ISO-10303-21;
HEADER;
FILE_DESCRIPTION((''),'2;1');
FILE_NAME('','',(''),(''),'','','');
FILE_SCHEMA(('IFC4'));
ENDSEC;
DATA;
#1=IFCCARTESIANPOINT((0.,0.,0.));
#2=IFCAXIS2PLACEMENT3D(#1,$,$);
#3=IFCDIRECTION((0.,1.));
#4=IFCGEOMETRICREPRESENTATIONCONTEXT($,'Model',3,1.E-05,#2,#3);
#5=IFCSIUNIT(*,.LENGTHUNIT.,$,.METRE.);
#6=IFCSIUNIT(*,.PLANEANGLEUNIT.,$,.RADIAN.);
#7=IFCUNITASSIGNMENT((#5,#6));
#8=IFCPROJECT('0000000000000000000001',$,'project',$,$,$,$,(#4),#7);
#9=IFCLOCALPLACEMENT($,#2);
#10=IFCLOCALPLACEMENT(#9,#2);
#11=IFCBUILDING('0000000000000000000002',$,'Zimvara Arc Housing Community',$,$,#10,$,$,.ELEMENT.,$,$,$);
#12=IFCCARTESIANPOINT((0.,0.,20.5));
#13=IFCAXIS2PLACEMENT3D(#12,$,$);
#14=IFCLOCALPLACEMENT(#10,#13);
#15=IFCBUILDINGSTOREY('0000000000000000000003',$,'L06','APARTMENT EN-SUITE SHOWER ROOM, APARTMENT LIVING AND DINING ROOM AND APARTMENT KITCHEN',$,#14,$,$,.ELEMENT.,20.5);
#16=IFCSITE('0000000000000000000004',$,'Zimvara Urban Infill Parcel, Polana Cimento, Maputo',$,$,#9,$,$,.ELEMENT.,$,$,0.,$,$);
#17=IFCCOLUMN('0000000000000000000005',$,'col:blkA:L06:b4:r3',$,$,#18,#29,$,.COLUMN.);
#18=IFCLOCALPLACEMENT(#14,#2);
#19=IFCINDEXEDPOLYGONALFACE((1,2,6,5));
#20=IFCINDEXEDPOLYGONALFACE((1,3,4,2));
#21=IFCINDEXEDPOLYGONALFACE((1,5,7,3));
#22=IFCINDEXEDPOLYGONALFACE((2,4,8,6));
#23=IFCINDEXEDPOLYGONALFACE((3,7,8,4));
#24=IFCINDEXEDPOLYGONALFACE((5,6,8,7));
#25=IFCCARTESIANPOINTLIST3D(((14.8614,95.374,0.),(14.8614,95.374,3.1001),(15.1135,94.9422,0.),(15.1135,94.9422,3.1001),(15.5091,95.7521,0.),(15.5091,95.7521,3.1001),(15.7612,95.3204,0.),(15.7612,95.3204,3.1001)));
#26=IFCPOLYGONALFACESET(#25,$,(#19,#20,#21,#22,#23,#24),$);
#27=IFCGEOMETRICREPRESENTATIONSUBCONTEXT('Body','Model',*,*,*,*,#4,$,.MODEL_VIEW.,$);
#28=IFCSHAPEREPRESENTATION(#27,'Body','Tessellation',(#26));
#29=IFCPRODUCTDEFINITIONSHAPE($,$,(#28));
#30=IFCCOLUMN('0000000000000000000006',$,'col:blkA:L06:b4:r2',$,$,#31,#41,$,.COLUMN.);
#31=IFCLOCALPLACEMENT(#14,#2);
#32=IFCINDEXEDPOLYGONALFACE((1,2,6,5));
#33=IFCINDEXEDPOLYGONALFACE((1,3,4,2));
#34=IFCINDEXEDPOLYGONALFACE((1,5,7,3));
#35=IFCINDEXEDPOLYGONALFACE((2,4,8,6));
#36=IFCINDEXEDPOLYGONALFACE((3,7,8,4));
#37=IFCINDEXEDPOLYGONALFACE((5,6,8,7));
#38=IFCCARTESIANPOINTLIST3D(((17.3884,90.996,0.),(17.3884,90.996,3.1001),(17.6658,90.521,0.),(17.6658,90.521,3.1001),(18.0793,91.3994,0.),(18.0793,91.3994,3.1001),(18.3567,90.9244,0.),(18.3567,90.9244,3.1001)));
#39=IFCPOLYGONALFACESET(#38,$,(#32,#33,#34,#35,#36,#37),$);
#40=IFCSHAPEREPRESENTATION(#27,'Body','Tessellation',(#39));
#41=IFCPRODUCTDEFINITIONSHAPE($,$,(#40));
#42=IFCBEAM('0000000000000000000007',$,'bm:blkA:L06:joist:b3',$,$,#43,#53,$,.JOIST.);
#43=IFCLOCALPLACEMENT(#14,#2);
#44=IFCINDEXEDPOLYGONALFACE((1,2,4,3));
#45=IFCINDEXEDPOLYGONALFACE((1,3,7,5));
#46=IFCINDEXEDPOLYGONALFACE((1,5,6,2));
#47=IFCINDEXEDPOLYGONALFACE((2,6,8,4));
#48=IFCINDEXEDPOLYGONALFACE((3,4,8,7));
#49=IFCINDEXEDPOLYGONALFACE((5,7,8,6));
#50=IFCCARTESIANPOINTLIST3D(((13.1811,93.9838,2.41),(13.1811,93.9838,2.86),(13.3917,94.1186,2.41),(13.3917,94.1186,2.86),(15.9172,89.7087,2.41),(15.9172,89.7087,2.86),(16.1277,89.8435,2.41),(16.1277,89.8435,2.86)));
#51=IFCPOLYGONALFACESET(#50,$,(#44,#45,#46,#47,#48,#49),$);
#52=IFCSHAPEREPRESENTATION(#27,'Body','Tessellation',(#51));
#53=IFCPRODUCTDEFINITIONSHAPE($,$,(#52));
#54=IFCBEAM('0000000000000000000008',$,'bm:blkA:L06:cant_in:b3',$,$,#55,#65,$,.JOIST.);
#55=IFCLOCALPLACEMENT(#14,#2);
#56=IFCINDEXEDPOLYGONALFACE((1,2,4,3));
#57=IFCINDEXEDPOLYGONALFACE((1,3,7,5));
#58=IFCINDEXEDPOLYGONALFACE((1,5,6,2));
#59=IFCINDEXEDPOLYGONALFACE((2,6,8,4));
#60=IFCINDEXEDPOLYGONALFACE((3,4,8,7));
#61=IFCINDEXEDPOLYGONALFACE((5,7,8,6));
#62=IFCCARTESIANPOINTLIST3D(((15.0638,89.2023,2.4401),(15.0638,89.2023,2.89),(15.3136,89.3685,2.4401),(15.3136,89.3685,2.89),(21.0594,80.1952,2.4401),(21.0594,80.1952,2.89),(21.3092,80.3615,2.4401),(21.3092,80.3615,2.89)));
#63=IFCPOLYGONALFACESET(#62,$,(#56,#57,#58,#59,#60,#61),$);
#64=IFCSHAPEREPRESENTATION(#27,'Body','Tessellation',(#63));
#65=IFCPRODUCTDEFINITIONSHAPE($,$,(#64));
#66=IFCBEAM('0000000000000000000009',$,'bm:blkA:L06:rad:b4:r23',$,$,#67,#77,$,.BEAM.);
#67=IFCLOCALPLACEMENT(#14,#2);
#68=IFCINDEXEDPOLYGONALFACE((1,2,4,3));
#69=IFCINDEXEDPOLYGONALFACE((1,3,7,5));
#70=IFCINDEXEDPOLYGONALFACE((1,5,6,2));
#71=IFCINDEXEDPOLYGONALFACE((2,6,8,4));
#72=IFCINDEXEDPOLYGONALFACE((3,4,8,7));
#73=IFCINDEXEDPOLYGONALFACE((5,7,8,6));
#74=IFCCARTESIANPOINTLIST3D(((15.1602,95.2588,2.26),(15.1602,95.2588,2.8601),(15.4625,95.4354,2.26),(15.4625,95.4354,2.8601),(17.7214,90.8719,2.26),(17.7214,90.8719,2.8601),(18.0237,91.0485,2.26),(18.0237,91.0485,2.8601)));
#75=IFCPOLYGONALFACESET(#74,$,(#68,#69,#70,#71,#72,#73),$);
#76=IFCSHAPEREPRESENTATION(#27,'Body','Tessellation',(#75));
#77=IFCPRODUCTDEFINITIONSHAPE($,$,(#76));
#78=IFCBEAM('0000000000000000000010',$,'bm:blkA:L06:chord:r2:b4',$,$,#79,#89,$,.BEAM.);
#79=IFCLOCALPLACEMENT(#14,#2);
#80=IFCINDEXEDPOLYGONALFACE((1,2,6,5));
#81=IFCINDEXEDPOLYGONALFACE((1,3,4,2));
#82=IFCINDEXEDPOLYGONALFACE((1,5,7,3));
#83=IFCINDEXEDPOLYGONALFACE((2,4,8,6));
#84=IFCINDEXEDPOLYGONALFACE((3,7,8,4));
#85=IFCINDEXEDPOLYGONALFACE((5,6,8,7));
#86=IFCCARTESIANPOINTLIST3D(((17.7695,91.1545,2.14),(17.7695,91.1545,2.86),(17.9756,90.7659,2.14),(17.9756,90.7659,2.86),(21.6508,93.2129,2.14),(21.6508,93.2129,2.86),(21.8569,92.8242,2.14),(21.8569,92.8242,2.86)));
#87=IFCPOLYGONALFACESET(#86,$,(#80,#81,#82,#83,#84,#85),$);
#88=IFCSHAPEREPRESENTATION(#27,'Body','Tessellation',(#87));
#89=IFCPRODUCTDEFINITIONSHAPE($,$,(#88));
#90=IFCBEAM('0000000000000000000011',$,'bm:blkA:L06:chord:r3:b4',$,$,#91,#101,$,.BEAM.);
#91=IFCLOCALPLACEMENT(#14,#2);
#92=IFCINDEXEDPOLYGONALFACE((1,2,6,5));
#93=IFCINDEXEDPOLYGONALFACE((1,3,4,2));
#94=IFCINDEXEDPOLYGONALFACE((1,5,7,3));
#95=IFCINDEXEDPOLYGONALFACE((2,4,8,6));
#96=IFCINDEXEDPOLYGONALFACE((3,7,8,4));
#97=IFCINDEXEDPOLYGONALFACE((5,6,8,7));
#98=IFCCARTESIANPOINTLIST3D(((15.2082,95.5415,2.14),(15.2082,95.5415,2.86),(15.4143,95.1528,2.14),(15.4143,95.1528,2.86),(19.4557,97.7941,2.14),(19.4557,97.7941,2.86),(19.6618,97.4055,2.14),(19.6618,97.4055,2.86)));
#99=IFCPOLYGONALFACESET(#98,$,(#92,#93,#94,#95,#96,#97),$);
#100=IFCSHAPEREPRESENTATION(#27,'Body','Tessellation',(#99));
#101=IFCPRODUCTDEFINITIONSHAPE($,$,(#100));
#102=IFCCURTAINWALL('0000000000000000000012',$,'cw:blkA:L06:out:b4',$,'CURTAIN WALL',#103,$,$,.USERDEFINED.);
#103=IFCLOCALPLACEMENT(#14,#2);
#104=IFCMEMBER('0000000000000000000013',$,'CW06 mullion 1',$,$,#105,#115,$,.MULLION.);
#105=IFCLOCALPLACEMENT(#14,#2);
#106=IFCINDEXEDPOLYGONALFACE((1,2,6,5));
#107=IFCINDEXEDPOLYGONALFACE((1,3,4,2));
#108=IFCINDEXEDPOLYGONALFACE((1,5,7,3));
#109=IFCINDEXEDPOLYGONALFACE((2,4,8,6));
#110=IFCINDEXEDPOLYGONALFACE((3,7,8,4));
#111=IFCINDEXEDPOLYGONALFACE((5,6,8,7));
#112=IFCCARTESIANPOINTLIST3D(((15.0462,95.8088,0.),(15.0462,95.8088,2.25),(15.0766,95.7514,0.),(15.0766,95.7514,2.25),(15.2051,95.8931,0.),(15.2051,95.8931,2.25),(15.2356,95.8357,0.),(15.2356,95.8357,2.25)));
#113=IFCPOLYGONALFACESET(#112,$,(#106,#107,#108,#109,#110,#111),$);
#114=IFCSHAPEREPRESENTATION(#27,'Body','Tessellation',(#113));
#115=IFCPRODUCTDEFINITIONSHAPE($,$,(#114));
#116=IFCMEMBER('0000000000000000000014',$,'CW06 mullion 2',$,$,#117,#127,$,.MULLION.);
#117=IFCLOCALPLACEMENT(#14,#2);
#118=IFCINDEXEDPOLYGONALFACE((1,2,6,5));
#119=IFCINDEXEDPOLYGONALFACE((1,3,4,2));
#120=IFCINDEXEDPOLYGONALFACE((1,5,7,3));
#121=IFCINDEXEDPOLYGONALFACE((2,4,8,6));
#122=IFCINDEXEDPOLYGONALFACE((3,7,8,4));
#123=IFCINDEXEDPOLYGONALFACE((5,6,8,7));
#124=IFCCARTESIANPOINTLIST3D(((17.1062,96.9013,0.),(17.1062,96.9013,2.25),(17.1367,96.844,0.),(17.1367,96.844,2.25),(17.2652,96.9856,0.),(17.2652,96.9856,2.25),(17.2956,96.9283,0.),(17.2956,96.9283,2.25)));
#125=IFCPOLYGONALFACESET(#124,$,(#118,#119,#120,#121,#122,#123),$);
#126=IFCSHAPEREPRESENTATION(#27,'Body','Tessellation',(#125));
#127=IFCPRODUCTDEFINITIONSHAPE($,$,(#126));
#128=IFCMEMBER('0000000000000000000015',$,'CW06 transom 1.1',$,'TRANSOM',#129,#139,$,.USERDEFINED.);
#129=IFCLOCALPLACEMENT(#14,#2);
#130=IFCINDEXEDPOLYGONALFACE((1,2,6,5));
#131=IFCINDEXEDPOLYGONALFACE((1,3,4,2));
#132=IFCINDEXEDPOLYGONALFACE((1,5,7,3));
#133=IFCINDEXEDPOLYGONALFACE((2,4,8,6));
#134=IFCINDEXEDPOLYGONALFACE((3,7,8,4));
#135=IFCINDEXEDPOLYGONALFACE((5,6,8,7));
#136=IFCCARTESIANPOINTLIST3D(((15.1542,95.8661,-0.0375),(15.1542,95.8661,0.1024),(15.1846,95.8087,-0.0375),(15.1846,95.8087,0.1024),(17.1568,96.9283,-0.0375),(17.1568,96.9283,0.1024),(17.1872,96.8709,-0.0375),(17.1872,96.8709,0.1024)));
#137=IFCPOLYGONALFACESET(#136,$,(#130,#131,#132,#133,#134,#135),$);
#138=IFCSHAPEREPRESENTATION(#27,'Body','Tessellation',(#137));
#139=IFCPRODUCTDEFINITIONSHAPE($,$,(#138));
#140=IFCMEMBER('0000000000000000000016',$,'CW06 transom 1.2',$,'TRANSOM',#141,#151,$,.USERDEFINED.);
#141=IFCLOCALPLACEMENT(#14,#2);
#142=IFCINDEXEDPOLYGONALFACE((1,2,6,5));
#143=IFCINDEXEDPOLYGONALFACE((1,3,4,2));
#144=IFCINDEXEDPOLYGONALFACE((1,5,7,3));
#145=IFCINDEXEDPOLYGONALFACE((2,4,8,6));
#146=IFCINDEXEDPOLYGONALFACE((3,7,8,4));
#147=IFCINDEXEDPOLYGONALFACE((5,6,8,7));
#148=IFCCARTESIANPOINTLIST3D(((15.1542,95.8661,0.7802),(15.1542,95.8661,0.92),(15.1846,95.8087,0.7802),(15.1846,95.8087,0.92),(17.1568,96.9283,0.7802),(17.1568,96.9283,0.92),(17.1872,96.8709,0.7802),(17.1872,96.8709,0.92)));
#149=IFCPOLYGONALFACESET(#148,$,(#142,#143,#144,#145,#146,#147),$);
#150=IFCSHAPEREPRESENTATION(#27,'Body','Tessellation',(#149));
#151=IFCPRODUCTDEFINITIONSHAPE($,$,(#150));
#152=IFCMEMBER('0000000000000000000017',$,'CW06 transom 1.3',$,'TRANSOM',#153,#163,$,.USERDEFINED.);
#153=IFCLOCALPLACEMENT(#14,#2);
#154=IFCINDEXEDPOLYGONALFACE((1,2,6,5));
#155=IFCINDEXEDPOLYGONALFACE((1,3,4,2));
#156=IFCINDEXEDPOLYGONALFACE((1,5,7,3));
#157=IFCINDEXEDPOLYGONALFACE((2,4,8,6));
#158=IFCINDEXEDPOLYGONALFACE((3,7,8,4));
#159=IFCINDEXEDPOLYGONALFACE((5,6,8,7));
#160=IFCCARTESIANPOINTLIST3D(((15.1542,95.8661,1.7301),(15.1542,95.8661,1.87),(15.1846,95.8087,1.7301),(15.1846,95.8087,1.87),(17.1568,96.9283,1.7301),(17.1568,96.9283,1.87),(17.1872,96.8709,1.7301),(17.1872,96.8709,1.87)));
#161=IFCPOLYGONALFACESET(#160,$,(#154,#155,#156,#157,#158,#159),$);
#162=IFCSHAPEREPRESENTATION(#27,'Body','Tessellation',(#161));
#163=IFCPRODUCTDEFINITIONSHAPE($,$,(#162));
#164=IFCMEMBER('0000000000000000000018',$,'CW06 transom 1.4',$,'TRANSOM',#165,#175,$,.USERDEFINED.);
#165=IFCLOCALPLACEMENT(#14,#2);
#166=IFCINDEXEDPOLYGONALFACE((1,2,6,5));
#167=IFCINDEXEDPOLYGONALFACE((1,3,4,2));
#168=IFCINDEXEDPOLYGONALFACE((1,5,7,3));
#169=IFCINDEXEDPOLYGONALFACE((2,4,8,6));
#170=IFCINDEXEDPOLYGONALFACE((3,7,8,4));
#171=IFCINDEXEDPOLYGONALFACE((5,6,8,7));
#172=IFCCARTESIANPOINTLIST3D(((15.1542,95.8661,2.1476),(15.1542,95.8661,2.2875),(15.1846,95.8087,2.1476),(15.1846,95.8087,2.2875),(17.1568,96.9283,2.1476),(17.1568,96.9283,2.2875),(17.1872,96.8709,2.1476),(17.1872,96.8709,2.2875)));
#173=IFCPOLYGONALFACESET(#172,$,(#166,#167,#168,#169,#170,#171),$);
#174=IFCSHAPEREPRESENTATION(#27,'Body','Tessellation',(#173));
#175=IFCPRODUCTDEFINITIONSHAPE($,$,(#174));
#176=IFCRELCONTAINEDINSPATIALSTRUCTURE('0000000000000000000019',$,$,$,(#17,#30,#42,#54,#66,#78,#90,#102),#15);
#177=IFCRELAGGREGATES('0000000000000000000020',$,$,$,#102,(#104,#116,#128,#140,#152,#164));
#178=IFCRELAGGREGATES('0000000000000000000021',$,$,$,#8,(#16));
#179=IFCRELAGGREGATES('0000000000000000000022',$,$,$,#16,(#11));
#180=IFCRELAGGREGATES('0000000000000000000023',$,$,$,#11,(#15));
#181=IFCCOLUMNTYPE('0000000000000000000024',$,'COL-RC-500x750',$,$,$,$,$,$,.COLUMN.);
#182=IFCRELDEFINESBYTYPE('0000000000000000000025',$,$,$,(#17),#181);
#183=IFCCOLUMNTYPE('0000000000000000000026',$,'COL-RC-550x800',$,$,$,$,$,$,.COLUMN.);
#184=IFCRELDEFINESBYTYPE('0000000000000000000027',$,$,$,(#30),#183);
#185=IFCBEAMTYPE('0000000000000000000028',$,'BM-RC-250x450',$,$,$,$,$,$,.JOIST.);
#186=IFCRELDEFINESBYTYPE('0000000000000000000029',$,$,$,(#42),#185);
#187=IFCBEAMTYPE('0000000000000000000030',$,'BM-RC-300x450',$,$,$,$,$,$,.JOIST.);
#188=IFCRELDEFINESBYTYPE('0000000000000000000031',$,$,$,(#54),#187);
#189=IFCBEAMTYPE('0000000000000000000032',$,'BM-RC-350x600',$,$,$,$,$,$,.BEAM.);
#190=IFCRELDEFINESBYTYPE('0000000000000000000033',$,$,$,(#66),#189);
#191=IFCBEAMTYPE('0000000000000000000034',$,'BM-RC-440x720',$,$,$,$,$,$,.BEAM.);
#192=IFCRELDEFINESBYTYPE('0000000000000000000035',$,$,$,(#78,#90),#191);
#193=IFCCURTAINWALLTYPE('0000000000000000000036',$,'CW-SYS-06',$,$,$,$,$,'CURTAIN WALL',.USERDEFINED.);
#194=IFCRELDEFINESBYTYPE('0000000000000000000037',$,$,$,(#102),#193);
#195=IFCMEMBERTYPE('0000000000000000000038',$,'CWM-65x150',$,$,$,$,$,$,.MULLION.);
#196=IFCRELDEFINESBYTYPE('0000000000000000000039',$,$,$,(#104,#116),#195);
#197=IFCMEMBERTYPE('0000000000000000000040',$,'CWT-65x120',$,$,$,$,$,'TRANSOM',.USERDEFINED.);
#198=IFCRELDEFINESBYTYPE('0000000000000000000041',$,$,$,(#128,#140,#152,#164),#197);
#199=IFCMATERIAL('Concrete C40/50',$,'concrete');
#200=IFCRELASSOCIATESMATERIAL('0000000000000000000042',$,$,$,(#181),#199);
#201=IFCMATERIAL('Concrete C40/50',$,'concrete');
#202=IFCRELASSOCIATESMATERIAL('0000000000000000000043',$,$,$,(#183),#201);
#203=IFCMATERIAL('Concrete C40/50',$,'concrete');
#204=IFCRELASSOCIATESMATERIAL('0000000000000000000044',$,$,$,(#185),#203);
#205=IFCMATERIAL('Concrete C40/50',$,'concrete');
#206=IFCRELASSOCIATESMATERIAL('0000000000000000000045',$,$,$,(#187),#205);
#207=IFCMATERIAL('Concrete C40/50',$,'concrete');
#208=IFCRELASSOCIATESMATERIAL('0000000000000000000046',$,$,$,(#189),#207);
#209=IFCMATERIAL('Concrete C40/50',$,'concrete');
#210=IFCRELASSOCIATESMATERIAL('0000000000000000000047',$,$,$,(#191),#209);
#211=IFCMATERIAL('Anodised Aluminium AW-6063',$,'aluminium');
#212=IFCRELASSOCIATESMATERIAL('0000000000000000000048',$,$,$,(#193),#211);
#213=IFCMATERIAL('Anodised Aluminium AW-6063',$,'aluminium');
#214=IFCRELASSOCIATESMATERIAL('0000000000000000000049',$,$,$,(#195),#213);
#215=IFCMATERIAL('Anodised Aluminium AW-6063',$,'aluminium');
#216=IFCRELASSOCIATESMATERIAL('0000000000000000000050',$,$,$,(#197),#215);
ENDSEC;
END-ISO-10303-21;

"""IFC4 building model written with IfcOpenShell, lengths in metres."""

from ifc_helpers import new_model, si_unit, direction, frame, origin, origin_2d, place, context, subcontext, project, spatial, rectangle, extrude, material, material_profile, profile_set, type_object, element, aggregate, save


model = new_model("IFC4")

# Units and contexts
model_context = context("Model", 3, precision=1e-05, world=origin(), true_north=direction((0.0, 1.0)))
body_context = subcontext(model_context, "Body", "Model", "MODEL_VIEW")
ifc_project = project(units=[si_unit("LENGTHUNIT", "METRE"), si_unit("PLANEANGLEUNIT", "RADIAN")], contexts=[model_context])

# Site, building, storey
site_placement = place(None, origin())
site = spatial("IfcSite", under=ifc_project, at=site_placement, Name="Zimvara Urban Infill Parcel, Polana Cimento, Maputo", CompositionType="ELEMENT", RefElevation=0.0)
building_placement = place(site_placement, origin())
building = spatial("IfcBuilding", under=site, at=building_placement, Name="Zimvara Arc Housing Community", CompositionType="ELEMENT")
storey_placement = place(building_placement, frame((0.0, 0.0, 20.5)))
storey = spatial("IfcBuildingStorey", under=building, at=storey_placement, Name="L06", Description="APARTMENT EN-SUITE SHOWER ROOM, APARTMENT LIVING AND DINING ROOM AND APARTMENT KITCHEN", CompositionType="ELEMENT", Elevation=20.5)

# Columns
ifc_material_1 = material(Name="Concrete C40/50", Category="concrete")
ifc_material_profile_1 = material_profile(ifc_material_1, rectangle(XDim=0.5, YDim=0.75, at=origin_2d()), Name="RC 500x750")
ifc_profile_set_1 = profile_set([ifc_material_profile_1], Name="Concrete C40/50")
column_type_1 = type_object("IfcColumnType", Name="COL-RC-500x750", PredefinedType="COLUMN", material=ifc_profile_set_1)
column_1_placement = place(storey_placement, frame((15.3113, 95.3472, 0.0), z_axis=(0.0, 0.0, 1.0), x_axis=(-0.504226, 0.863572, 0.0)))
element("IfcColumn", 1, at=column_1_placement, inside=storey, type_object=column_type_1, Name="col:blkA:L06:b4:r3", PredefinedType="COLUMN", context=body_context, shape_type="SweptSolid", body=[
    extrude(rectangle(XDim=0.5, YDim=0.75, at=origin_2d()), origin(), (0.0, 0.0, 1.0), 3.1001),
])
ifc_material_2 = material(Name="Concrete C40/50", Category="concrete")
ifc_material_profile_2 = material_profile(ifc_material_2, rectangle(XDim=0.55, YDim=0.8, at=origin_2d()), Name="RC 550x800")
ifc_profile_set_2 = profile_set([ifc_material_profile_2], Name="Concrete C40/50")
column_type_2 = type_object("IfcColumnType", Name="COL-RC-550x800", PredefinedType="COLUMN", material=ifc_profile_set_2)
column_2_placement = place(storey_placement, frame((17.8726, 90.9602, 0.0), z_axis=(0.0, 0.0, 1.0), x_axis=(-0.504226, 0.863572, 0.0)))
element("IfcColumn", 2, at=column_2_placement, inside=storey, type_object=column_type_2, Name="col:blkA:L06:b4:r2", PredefinedType="COLUMN", context=body_context, shape_type="SweptSolid", body=[
    extrude(rectangle(XDim=0.55, YDim=0.8, at=origin_2d()), origin(), (0.0, 0.0, 1.0), 3.1001),
])

# Beams
ifc_material_3 = material(Name="Concrete C40/50", Category="concrete")
ifc_material_profile_3 = material_profile(ifc_material_3, rectangle(XDim=0.25, YDim=0.45, at=origin_2d()), Name="RC 250x450")
ifc_profile_set_3 = profile_set([ifc_material_profile_3], Name="Concrete C40/50")
beam_type_1 = type_object("IfcBeamType", Name="BM-RC-250x450", PredefinedType="JOIST", material=ifc_profile_set_3)
beam_1_placement = place(storey_placement, frame((16.0225, 89.7761, 2.635), z_axis=(-0.539052, 0.842272, 0.0), x_axis=(-0.842272, -0.539052, 0.0)))
element("IfcBeam", 3, at=beam_1_placement, inside=storey, type_object=beam_type_1, Name="bm:blkA:L06:joist:b3", PredefinedType="JOIST", context=body_context, shape_type="SweptSolid", body=[
    extrude(rectangle(XDim=0.25, YDim=0.45, at=origin_2d()), origin(), (0.0, 0.0, 1.0), 5.0757),
])
ifc_material_4 = material(Name="Concrete C40/50", Category="concrete")
ifc_material_profile_4 = material_profile(ifc_material_4, rectangle(XDim=0.3, YDim=0.45, at=origin_2d()), Name="RC 300x450")
ifc_profile_set_4 = profile_set([ifc_material_profile_4], Name="Concrete C40/50")
beam_type_2 = type_object("IfcBeamType", Name="BM-RC-300x450", PredefinedType="JOIST", material=ifc_profile_set_4)
beam_2_placement = place(storey_placement, frame((15.1887, 89.2854, 2.665), z_axis=(0.554117, -0.832439, 0.0), x_axis=(0.832439, 0.554117, 0.0)))
element("IfcBeam", 4, at=beam_2_placement, inside=storey, type_object=beam_type_2, Name="bm:blkA:L06:cant_in:b3", PredefinedType="JOIST", context=body_context, shape_type="SweptSolid", body=[
    extrude(rectangle(XDim=0.3, YDim=0.45, at=origin_2d()), origin(), (0.0, 0.0, 1.0), 10.8201),
])
ifc_material_5 = material(Name="Concrete C40/50", Category="concrete")
ifc_material_profile_5 = material_profile(ifc_material_5, rectangle(XDim=0.3501, YDim=0.6001, at=origin_2d()), Name="RC 350x600")
ifc_profile_set_5 = profile_set([ifc_material_profile_5], Name="Concrete C40/50")
beam_type_3 = type_object("IfcBeamType", Name="BM-RC-350x600", PredefinedType="BEAM", material=ifc_profile_set_5)
beam_3_placement = place(storey_placement, frame((17.8726, 90.9602, 2.5601), z_axis=(-0.504197, 0.863589, 0.0), x_axis=(-0.863589, -0.504197, 0.0)))
element("IfcBeam", 5, at=beam_3_placement, inside=storey, type_object=beam_type_3, Name="bm:blkA:L06:rad:b4:r23", PredefinedType="BEAM", context=body_context, shape_type="SweptSolid", body=[
    extrude(rectangle(XDim=0.3501, YDim=0.6001, at=origin_2d()), origin(), (0.0, 0.0, 1.0), 5.0798),
])
ifc_material_6 = material(Name="Concrete C40/50", Category="concrete")
ifc_material_profile_6 = material_profile(ifc_material_6, rectangle(XDim=0.4399, YDim=0.72, at=origin_2d()), Name="RC 440x720")
ifc_profile_set_6 = profile_set([ifc_material_profile_6], Name="Concrete C40/50")
beam_type_4 = type_object("IfcBeamType", Name="BM-RC-440x720", PredefinedType="BEAM", material=ifc_profile_set_6)
beam_4_placement = place(storey_placement, frame((17.8726, 90.9602, 2.5), z_axis=(0.883457, 0.468513, 0.0), x_axis=(-0.468513, 0.883457, 0.0)))
element("IfcBeam", 6, at=beam_4_placement, inside=storey, type_object=beam_type_4, Name="bm:blkA:L06:chord:r2:b4", PredefinedType="BEAM", context=body_context, shape_type="SweptSolid", body=[
    extrude(rectangle(XDim=0.4399, YDim=0.72, at=origin_2d()), origin(), (0.0, 0.0, 1.0), 4.3933),
])
beam_5_placement = place(storey_placement, frame((15.3113, 95.3472, 2.5), z_axis=(0.883446, 0.468534, 0.0), x_axis=(-0.468534, 0.883446, 0.0)))
element("IfcBeam", 7, at=beam_5_placement, inside=storey, type_object=beam_type_4, Name="bm:blkA:L06:chord:r3:b4", PredefinedType="BEAM", context=body_context, shape_type="SweptSolid", body=[
    extrude(rectangle(XDim=0.4399, YDim=0.72, at=origin_2d()), origin(), (0.0, 0.0, 1.0), 4.8079),
])

# Curtain wall, members
ifc_material_7 = material(Name="Anodised Aluminium AW-6063", Category="aluminium")
curtain_wall_type = type_object("IfcCurtainWallType", Name="CW-SYS-06", ElementType="CURTAIN WALL", PredefinedType="USERDEFINED", material=ifc_material_7)
curtain_wall_placement = place(storey_placement, origin())
curtain_wall = element("IfcCurtainWall", 8, at=curtain_wall_placement, inside=storey, type_object=curtain_wall_type, Name="cw:blkA:L06:out:b4", ObjectType="CURTAIN WALL", PredefinedType="USERDEFINED")
ifc_material_8 = material(Name="Anodised Aluminium AW-6063", Category="aluminium")
ifc_material_profile_7 = material_profile(ifc_material_8, rectangle(XDim=0.0649, YDim=0.1799, at=origin_2d()), Name="ALU 65x180")
ifc_profile_set_7 = profile_set([ifc_material_profile_7], Name="Anodised Aluminium AW-6063")
member_type_1 = type_object("IfcMemberType", Name="CWM-65x150", PredefinedType="MULLION", material=ifc_profile_set_7)
member_1_placement = place(storey_placement, frame((15.1409, 95.8223, 0.0), z_axis=(0.0, 0.0, 1.0), x_axis=(-0.468547, 0.883439, 0.0)))
member_1 = element("IfcMember", 9, at=member_1_placement, type_object=member_type_1, Name="CW06 mullion 1", PredefinedType="MULLION", context=body_context, shape_type="SweptSolid", body=[
    extrude(rectangle(XDim=0.0649, YDim=0.1799, at=origin_2d()), origin(), (0.0, 0.0, 1.0), 2.25),
])
member_2_placement = place(storey_placement, frame((17.2009, 96.9148, 0.0), z_axis=(0.0, 0.0, 1.0), x_axis=(-0.468547, 0.883439, 0.0)))
member_2 = element("IfcMember", 10, at=member_2_placement, type_object=member_type_1, Name="CW06 mullion 2", PredefinedType="MULLION", context=body_context, shape_type="SweptSolid", body=[
    extrude(rectangle(XDim=0.0649, YDim=0.1799, at=origin_2d()), origin(), (0.0, 0.0, 1.0), 2.25),
])
ifc_material_9 = material(Name="Anodised Aluminium AW-6063", Category="aluminium")
ifc_material_profile_8 = material_profile(ifc_material_9, rectangle(XDim=0.0649, YDim=0.1399, at=origin_2d()), Name="ALU 65x140")
ifc_profile_set_8 = profile_set([ifc_material_profile_8], Name="Anodised Aluminium AW-6063")
member_type_2 = type_object("IfcMemberType", Name="CWT-65x120", ElementType="TRANSOM", PredefinedType="USERDEFINED", material=ifc_profile_set_8)
member_3_placement = place(storey_placement, frame((15.1694, 95.8374, 0.0325), z_axis=(0.883421, 0.46858, 0.0), x_axis=(-0.46858, 0.883421, 0.0)))
member_3 = element("IfcMember", 11, at=member_3_placement, type_object=member_type_2, Name="CW06 transom 1.1", ObjectType="TRANSOM", PredefinedType="USERDEFINED", context=body_context, shape_type="SweptSolid", body=[
    extrude(rectangle(XDim=0.0649, YDim=0.1399, at=origin_2d()), origin(), (0.0, 0.0, 1.0), 2.2668),
])
member_4_placement = place(storey_placement, frame((15.1694, 95.8374, 0.8501), z_axis=(0.883421, 0.46858, 0.0), x_axis=(-0.46858, 0.883421, 0.0)))
member_4 = element("IfcMember", 12, at=member_4_placement, type_object=member_type_2, Name="CW06 transom 1.2", ObjectType="TRANSOM", PredefinedType="USERDEFINED", context=body_context, shape_type="SweptSolid", body=[
    extrude(rectangle(XDim=0.0649, YDim=0.1399, at=origin_2d()), origin(), (0.0, 0.0, 1.0), 2.2668),
])
member_5_placement = place(storey_placement, frame((15.1694, 95.8374, 1.8), z_axis=(0.883421, 0.46858, 0.0), x_axis=(-0.46858, 0.883421, 0.0)))
member_5 = element("IfcMember", 13, at=member_5_placement, type_object=member_type_2, Name="CW06 transom 1.3", ObjectType="TRANSOM", PredefinedType="USERDEFINED", context=body_context, shape_type="SweptSolid", body=[
    extrude(rectangle(XDim=0.0649, YDim=0.1399, at=origin_2d()), origin(), (0.0, 0.0, 1.0), 2.2668),
])
member_6_placement = place(storey_placement, frame((15.1694, 95.8374, 2.2175), z_axis=(0.883421, 0.46858, 0.0), x_axis=(-0.46858, 0.883421, 0.0)))
member_6 = element("IfcMember", 14, at=member_6_placement, type_object=member_type_2, Name="CW06 transom 1.4", ObjectType="TRANSOM", PredefinedType="USERDEFINED", context=body_context, shape_type="SweptSolid", body=[
    extrude(rectangle(XDim=0.0649, YDim=0.1399, at=origin_2d()), origin(), (0.0, 0.0, 1.0), 2.2668),
])
aggregate(curtain_wall, [member_1, member_2, member_3, member_4, member_5, member_6])

save(model, "model.ifc")
